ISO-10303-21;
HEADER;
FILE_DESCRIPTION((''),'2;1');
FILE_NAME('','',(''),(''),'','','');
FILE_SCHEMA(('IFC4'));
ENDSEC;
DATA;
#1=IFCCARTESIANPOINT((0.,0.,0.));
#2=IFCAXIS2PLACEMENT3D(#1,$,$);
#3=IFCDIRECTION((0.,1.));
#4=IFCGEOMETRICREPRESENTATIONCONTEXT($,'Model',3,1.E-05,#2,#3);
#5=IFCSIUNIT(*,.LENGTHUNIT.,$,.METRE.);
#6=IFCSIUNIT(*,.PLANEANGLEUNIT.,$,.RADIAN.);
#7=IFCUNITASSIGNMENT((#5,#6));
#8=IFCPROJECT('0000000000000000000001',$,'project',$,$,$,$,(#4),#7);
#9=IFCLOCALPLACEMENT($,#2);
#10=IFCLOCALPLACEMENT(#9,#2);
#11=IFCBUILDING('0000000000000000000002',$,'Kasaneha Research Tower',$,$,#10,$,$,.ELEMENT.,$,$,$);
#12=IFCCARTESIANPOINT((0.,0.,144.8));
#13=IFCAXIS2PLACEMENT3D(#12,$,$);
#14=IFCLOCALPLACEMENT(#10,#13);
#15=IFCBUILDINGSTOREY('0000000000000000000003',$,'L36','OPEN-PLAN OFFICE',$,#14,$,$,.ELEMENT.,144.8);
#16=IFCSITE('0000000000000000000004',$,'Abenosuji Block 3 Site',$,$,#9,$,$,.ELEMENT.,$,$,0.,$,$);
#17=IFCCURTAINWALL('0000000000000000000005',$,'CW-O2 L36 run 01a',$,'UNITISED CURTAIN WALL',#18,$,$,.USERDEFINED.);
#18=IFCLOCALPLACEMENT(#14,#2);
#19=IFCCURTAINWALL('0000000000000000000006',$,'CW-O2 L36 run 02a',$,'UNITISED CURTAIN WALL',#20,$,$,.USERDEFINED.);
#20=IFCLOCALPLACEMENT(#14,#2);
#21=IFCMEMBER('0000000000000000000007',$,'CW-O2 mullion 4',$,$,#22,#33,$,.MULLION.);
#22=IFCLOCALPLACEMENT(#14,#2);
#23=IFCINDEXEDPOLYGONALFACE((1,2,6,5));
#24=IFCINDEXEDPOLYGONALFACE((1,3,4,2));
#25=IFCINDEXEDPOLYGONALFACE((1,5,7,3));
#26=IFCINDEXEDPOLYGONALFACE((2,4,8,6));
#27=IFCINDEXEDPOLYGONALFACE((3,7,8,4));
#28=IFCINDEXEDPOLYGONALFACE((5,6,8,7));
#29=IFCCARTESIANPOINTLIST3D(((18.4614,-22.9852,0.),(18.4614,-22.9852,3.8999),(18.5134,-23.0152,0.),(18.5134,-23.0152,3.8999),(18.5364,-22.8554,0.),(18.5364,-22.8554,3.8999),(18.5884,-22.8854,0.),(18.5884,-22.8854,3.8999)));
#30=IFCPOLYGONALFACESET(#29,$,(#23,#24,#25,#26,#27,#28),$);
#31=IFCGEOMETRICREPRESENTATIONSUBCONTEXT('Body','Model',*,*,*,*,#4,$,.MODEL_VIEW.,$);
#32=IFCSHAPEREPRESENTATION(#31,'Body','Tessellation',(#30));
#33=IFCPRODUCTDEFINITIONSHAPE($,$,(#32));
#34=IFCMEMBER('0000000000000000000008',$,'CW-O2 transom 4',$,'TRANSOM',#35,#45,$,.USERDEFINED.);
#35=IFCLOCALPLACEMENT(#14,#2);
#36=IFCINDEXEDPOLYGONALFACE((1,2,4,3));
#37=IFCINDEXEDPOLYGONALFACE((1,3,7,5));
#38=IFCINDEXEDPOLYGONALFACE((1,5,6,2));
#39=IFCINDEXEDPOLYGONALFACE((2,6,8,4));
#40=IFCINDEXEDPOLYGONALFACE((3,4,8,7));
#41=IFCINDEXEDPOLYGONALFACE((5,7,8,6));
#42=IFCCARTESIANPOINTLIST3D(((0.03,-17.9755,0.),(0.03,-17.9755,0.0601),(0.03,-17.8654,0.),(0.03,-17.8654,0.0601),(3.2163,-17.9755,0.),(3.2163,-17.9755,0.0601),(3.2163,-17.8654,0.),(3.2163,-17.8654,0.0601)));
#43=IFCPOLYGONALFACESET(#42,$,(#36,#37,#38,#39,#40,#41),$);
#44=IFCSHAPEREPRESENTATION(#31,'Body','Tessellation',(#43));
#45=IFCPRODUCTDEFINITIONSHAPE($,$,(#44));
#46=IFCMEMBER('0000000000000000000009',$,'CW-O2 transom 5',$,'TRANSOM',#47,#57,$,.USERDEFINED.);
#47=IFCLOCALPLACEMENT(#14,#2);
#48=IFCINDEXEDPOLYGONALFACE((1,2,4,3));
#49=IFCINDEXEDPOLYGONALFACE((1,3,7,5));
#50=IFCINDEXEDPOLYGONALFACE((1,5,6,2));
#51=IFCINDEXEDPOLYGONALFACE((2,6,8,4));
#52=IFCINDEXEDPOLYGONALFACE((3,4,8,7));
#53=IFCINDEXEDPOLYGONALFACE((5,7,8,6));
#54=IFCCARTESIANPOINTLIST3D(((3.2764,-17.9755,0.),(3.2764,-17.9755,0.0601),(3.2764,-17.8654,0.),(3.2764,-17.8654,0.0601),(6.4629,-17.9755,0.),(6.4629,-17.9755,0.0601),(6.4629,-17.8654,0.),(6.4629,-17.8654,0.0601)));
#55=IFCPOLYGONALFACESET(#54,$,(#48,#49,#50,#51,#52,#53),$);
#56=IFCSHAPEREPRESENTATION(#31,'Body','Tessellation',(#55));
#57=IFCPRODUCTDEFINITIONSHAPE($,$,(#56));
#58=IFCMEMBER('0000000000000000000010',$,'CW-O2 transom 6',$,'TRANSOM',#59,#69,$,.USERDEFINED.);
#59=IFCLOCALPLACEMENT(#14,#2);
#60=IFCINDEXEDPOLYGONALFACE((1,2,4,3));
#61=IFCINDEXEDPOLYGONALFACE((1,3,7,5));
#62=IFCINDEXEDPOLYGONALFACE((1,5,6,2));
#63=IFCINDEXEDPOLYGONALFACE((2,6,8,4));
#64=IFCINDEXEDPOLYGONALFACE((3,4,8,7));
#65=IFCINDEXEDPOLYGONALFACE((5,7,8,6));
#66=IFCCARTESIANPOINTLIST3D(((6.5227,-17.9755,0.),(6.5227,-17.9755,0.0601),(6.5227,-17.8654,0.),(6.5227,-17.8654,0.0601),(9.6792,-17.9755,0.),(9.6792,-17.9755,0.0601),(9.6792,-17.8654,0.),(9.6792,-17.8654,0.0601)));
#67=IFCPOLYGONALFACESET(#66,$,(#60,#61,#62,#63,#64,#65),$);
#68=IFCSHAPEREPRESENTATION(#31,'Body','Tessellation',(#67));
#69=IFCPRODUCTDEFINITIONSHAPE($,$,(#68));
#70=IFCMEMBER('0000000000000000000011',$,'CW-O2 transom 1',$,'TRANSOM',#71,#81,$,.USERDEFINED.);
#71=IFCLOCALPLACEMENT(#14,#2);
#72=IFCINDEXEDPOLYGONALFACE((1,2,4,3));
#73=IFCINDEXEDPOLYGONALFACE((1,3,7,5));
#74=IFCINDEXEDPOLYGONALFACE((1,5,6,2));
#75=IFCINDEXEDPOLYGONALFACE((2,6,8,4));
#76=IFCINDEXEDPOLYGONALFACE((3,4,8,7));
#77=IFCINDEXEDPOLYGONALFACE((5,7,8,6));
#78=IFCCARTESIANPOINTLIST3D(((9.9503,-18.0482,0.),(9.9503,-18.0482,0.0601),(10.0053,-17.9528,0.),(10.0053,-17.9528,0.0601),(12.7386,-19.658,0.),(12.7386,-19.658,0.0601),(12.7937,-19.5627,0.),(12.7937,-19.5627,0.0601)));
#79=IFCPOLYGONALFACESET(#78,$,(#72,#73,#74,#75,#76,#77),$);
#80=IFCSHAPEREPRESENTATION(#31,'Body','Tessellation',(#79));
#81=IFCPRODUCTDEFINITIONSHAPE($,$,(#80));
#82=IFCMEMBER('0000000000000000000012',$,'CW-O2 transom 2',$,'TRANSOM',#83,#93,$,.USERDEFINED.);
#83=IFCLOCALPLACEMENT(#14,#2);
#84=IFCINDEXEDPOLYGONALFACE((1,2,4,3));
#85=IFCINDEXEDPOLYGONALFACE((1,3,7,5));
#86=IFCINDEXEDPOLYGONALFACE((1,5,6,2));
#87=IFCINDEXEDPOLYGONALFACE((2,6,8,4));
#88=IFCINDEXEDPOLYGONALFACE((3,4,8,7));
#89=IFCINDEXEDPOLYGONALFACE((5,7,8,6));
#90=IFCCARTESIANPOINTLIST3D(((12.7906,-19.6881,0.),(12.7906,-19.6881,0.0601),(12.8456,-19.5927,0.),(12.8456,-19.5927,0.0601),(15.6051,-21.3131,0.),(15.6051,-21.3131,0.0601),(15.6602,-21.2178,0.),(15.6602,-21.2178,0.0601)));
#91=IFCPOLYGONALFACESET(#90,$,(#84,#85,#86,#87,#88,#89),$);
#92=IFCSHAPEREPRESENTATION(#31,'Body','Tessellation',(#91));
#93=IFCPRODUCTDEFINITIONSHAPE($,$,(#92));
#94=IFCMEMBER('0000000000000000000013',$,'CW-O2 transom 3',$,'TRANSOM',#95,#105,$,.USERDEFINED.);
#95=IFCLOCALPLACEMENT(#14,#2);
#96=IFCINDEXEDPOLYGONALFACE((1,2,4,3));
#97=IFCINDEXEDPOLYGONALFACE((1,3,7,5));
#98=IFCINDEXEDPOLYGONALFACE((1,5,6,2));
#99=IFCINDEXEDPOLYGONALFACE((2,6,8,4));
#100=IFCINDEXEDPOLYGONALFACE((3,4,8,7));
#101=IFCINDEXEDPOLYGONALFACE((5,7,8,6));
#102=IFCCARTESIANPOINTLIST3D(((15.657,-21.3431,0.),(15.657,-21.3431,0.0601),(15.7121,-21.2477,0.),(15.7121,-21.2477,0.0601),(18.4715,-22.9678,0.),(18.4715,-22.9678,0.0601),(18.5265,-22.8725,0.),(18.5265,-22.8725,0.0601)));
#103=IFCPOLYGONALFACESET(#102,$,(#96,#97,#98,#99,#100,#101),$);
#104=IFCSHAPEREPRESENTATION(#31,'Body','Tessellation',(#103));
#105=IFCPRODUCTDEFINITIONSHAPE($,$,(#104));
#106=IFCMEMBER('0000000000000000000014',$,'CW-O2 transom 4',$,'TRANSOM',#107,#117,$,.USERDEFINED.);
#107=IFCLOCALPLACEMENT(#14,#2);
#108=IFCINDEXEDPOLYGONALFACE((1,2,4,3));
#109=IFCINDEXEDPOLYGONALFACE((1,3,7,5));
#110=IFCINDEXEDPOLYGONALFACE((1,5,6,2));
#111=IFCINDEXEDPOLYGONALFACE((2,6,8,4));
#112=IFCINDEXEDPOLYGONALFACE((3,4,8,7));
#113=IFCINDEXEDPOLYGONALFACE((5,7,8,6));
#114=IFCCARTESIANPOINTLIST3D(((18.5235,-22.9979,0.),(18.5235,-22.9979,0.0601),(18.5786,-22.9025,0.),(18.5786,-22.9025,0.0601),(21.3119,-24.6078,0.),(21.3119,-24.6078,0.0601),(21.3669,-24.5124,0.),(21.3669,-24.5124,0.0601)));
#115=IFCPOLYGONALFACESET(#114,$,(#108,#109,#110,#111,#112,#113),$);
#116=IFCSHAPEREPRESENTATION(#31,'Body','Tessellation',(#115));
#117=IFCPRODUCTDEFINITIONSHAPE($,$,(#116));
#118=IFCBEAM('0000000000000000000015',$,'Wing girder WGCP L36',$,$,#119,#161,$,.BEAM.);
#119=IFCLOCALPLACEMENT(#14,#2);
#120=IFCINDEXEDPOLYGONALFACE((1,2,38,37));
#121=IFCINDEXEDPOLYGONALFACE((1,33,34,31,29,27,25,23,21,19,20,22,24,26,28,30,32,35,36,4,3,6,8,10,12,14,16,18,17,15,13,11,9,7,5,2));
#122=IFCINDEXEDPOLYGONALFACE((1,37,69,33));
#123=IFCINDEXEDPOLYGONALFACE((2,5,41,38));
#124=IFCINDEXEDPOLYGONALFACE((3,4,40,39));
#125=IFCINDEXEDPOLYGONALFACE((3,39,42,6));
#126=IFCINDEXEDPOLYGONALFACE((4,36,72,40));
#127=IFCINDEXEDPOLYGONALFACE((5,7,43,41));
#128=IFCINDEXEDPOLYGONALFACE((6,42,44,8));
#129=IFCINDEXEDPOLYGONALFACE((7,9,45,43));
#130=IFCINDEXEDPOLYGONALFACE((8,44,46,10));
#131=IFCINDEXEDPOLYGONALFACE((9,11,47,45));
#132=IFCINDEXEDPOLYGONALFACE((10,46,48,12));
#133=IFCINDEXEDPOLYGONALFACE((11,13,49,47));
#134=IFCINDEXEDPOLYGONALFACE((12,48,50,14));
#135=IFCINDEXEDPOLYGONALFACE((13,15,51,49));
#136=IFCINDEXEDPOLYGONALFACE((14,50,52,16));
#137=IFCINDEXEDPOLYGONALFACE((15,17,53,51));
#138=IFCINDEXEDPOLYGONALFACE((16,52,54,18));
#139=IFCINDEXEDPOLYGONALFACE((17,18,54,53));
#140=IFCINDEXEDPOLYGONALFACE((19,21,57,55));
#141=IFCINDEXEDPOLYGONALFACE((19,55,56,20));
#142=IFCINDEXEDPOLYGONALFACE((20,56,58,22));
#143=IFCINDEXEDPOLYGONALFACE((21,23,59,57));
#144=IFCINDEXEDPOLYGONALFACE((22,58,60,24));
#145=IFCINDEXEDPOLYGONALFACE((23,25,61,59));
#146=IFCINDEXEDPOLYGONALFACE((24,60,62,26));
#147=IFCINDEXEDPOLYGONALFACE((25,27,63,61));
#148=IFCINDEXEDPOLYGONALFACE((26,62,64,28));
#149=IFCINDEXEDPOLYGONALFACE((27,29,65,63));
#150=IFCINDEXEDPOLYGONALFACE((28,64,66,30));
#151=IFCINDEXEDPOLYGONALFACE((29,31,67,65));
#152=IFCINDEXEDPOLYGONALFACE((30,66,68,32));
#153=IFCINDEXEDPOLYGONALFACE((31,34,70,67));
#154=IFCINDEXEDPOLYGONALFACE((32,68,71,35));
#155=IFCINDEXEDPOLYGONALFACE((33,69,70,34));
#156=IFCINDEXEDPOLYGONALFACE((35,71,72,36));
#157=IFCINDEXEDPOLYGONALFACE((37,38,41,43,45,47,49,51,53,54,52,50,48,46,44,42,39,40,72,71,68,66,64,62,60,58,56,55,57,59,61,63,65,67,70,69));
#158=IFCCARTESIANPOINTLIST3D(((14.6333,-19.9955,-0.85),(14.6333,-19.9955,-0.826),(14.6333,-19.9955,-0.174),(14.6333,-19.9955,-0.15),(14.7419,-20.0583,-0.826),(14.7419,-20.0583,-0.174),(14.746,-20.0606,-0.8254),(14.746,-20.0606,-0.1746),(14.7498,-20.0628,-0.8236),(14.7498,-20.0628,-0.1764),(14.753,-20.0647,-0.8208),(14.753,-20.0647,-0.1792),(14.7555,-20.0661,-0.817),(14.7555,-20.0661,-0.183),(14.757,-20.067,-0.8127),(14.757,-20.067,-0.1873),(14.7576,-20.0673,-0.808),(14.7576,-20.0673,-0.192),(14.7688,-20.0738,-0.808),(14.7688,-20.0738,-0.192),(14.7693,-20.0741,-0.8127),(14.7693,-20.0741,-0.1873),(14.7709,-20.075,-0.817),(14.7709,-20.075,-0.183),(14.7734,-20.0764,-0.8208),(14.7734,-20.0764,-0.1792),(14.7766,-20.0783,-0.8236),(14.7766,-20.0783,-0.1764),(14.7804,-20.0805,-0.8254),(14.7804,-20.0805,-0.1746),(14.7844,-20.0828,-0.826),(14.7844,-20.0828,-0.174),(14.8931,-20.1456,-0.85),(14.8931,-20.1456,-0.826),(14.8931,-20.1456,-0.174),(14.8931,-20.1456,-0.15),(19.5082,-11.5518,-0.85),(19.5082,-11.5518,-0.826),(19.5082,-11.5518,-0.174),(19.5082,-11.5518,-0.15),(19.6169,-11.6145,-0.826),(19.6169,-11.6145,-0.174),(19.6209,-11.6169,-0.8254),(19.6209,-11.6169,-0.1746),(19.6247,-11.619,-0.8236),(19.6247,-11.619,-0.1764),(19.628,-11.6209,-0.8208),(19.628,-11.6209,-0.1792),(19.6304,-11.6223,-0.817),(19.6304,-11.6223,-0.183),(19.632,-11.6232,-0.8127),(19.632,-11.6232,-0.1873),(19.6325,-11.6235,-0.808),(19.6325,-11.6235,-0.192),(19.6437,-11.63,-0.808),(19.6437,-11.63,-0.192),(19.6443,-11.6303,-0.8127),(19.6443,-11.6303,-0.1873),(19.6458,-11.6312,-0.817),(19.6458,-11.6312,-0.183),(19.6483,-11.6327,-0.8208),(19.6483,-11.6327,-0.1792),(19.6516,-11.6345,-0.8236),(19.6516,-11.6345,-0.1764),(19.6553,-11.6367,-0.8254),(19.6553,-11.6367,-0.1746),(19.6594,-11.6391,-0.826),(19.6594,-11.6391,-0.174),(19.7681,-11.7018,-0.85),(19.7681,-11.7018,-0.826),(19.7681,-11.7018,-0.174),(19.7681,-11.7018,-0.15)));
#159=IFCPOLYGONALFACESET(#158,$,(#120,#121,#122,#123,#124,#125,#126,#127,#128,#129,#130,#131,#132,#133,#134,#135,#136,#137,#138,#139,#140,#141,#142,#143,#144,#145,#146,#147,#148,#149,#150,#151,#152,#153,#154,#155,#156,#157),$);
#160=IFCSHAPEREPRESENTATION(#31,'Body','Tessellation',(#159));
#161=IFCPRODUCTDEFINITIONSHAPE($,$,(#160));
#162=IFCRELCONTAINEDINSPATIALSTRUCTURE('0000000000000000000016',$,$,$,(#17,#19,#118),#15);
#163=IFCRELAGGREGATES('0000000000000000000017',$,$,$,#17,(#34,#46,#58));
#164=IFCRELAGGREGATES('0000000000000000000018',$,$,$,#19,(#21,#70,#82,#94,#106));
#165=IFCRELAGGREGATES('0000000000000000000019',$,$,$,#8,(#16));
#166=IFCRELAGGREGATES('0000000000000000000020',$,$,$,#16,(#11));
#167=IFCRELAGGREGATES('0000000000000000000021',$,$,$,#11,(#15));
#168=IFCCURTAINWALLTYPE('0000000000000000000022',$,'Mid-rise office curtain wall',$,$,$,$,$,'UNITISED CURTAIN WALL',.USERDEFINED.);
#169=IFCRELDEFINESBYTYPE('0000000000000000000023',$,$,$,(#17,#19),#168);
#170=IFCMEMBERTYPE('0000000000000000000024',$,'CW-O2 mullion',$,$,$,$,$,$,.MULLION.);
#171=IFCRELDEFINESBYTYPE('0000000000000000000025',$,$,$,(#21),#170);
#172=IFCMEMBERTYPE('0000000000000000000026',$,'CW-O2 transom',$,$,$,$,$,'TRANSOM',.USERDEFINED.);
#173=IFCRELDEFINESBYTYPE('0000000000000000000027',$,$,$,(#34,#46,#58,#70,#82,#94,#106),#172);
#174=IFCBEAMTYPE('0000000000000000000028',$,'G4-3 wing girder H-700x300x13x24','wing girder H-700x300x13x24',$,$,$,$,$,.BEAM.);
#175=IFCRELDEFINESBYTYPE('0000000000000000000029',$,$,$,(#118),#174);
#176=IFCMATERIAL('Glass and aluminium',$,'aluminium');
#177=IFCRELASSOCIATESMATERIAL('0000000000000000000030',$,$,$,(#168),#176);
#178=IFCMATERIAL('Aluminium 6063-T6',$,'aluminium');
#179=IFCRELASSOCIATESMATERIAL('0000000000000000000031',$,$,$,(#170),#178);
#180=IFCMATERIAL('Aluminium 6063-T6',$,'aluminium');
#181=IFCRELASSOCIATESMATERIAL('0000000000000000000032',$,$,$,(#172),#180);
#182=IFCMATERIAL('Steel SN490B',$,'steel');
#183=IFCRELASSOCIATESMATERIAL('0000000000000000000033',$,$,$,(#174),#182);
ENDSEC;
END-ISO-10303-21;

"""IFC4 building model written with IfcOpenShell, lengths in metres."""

from ifc_helpers import new_model, si_unit, direction, frame, origin, origin_2d, place, context, subcontext, project, spatial, rectangle, i_section, extrude, material, material_profile, profile_set, type_object, element, aggregate, save


model = new_model("IFC4")

# Units and contexts
model_context = context("Model", 3, precision=1e-05, world=origin(), true_north=direction((0.0, 1.0)))
body_context = subcontext(model_context, "Body", "Model", "MODEL_VIEW")
ifc_project = project(units=[si_unit("LENGTHUNIT", "METRE"), si_unit("PLANEANGLEUNIT", "RADIAN")], contexts=[model_context])

# Site, building, storey
site_placement = place(None, origin())
site = spatial("IfcSite", under=ifc_project, at=site_placement, Name="Abenosuji Block 3 Site", CompositionType="ELEMENT", RefElevation=0.0)
building_placement = place(site_placement, origin())
building = spatial("IfcBuilding", under=site, at=building_placement, Name="Kasaneha Research Tower", CompositionType="ELEMENT")
storey_placement = place(building_placement, frame((0.0, 0.0, 144.8)))
storey = spatial("IfcBuildingStorey", under=building, at=storey_placement, Name="L36", Description="OPEN-PLAN OFFICE", CompositionType="ELEMENT", Elevation=144.8)

# Curtain walls, member
ifc_material_1 = material(Name="Glass and aluminium", Category="aluminium")
curtain_wall_type = type_object("IfcCurtainWallType", Name="Mid-rise office curtain wall", ElementType="UNITISED CURTAIN WALL", PredefinedType="USERDEFINED", material=ifc_material_1)
curtain_wall_1_placement = place(storey_placement, origin())
curtain_wall_1 = element("IfcCurtainWall", 1, at=curtain_wall_1_placement, inside=storey, type_object=curtain_wall_type, Name="CW-O2 L36 run 01a", ObjectType="UNITISED CURTAIN WALL", PredefinedType="USERDEFINED")
ifc_material_2 = material(Name="Aluminium 6063-T6", Category="aluminium")
ifc_material_profile_1 = material_profile(ifc_material_2, rectangle(XDim=0.0601, YDim=0.1499, at=origin_2d()), Name="CW-O2 mullion 60x150")
ifc_profile_set_1 = profile_set([ifc_material_profile_1], Name="Aluminium 6063-T6")
member_type_1 = type_object("IfcMemberType", Name="CW-O2 mullion", PredefinedType="MULLION", material=ifc_profile_set_1)
curtain_wall_2_placement = place(storey_placement, origin())
curtain_wall_2 = element("IfcCurtainWall", 2, at=curtain_wall_2_placement, inside=storey, type_object=curtain_wall_type, Name="CW-O2 L36 run 02a", ObjectType="UNITISED CURTAIN WALL", PredefinedType="USERDEFINED")
member_1_placement = place(storey_placement, frame((18.5249, -22.9353, 0.0), z_axis=(0.0, 0.0, 1.0), x_axis=(0.866025, -0.5, 0.0)))
member_1 = element("IfcMember", 3, at=member_1_placement, type_object=member_type_1, Name="CW-O2 mullion 4", PredefinedType="MULLION", context=body_context, shape_type="SweptSolid", body=[
    extrude(rectangle(XDim=0.0601, YDim=0.1499, at=origin_2d()), origin(), (0.0, 0.0, 1.0), 3.8999),
])

# Members
ifc_material_3 = material(Name="Aluminium 6063-T6", Category="aluminium")
ifc_material_profile_2 = material_profile(ifc_material_3, rectangle(XDim=0.1101, YDim=0.0601, at=origin_2d()), Name="CW-O2 transom 110x60")
ifc_profile_set_2 = profile_set([ifc_material_profile_2], Name="Aluminium 6063-T6")
member_type_2 = type_object("IfcMemberType", Name="CW-O2 transom", ElementType="TRANSOM", PredefinedType="USERDEFINED", material=ifc_profile_set_2)
member_2_placement = place(storey_placement, frame((0.03, -17.9204, 0.03), z_axis=(1.0, 0.0, 0.0), x_axis=(0.0, 1.0, 0.0)))
member_2 = element("IfcMember", 4, at=member_2_placement, type_object=member_type_2, Name="CW-O2 transom 4", ObjectType="TRANSOM", PredefinedType="USERDEFINED", context=body_context, shape_type="SweptSolid", body=[
    extrude(rectangle(XDim=0.1101, YDim=0.0601, at=origin_2d()), origin(), (0.0, 0.0, 1.0), 3.1863),
])
member_3_placement = place(storey_placement, frame((3.2764, -17.9204, 0.03), z_axis=(1.0, 0.0, 0.0), x_axis=(0.0, 1.0, 0.0)))
member_3 = element("IfcMember", 5, at=member_3_placement, type_object=member_type_2, Name="CW-O2 transom 5", ObjectType="TRANSOM", PredefinedType="USERDEFINED", context=body_context, shape_type="SweptSolid", body=[
    extrude(rectangle(XDim=0.1101, YDim=0.0601, at=origin_2d()), origin(), (0.0, 0.0, 1.0), 3.1865),
])
member_4_placement = place(storey_placement, frame((6.5227, -17.9204, 0.03), z_axis=(1.0, 0.0, 0.0), x_axis=(0.0, 1.0, 0.0)))
member_4 = element("IfcMember", 6, at=member_4_placement, type_object=member_type_2, Name="CW-O2 transom 6", ObjectType="TRANSOM", PredefinedType="USERDEFINED", context=body_context, shape_type="SweptSolid", body=[
    extrude(rectangle(XDim=0.1101, YDim=0.0601, at=origin_2d()), origin(), (0.0, 0.0, 1.0), 3.1565),
])
member_5_placement = place(storey_placement, frame((9.9778, -18.0005, 0.03), z_axis=(0.866023, -0.500005, 0.0), x_axis=(0.500005, 0.866023, 0.0)))
member_5 = element("IfcMember", 7, at=member_5_placement, type_object=member_type_2, Name="CW-O2 transom 1", ObjectType="TRANSOM", PredefinedType="USERDEFINED", context=body_context, shape_type="SweptSolid", body=[
    extrude(rectangle(XDim=0.1101, YDim=0.0601, at=origin_2d()), origin(), (0.0, 0.0, 1.0), 3.2197),
])
member_6_placement = place(storey_placement, frame((12.8181, -19.6404, 0.03), z_axis=(0.866015, -0.500017, 0.0), x_axis=(0.500017, 0.866015, 0.0)))
member_6 = element("IfcMember", 8, at=member_6_placement, type_object=member_type_2, Name="CW-O2 transom 2", ObjectType="TRANSOM", PredefinedType="USERDEFINED", context=body_context, shape_type="SweptSolid", body=[
    extrude(rectangle(XDim=0.1101, YDim=0.0601, at=origin_2d()), origin(), (0.0, 0.0, 1.0), 3.25),
])
member_7_placement = place(storey_placement, frame((15.6846, -21.2954, 0.03), z_axis=(0.866048, -0.499961, 0.0), x_axis=(0.499961, 0.866048, 0.0)))
member_7 = element("IfcMember", 9, at=member_7_placement, type_object=member_type_2, Name="CW-O2 transom 3", ObjectType="TRANSOM", PredefinedType="USERDEFINED", context=body_context, shape_type="SweptSolid", body=[
    extrude(rectangle(XDim=0.1101, YDim=0.0601, at=origin_2d()), origin(), (0.0, 0.0, 1.0), 3.2498),
])
member_8_placement = place(storey_placement, frame((18.551, -22.9502, 0.03), z_axis=(0.866023, -0.500005, 0.0), x_axis=(0.500005, 0.866023, 0.0)))
member_8 = element("IfcMember", 10, at=member_8_placement, type_object=member_type_2, Name="CW-O2 transom 4", ObjectType="TRANSOM", PredefinedType="USERDEFINED", context=body_context, shape_type="SweptSolid", body=[
    extrude(rectangle(XDim=0.1101, YDim=0.0601, at=origin_2d()), origin(), (0.0, 0.0, 1.0), 3.2197),
])

# Beam
ifc_material_4 = material(Name="Steel SN490B", Category="steel")
ifc_material_profile_3 = material_profile(ifc_material_4, i_section(OverallWidth=0.3, OverallDepth=0.7, WebThickness=0.0129, FlangeThickness=0.0239, FilletRadius=0.0181, at=origin_2d()), Name="H-700x300x13x24")
ifc_profile_set_3 = profile_set([ifc_material_profile_3], Name="Steel SN490B")
beam_type_1 = type_object("IfcBeamType", Name="G4-3 wing girder H-700x300x13x24", Description="wing girder H-700x300x13x24", PredefinedType="BEAM", material=ifc_profile_set_3)
beam_1_placement = place(storey_placement, frame((14.7632, -20.0706, -0.5), z_axis=(0.499996, 0.866028, 0.0), x_axis=(-0.866028, 0.499996, 0.0)))
element("IfcBeam", 11, at=beam_1_placement, inside=storey, type_object=beam_type_1, Name="Wing girder WGCP L36", PredefinedType="BEAM", context=body_context, shape_type="SweptSolid", body=[
    extrude(i_section(OverallWidth=0.3, OverallDepth=0.7, WebThickness=0.0129, FlangeThickness=0.0239, FilletRadius=0.0181, at=origin_2d()), origin(), (0.0, 0.0, 1.0), 9.75),
])

aggregate(curtain_wall_1, [member_2, member_3, member_4])
aggregate(curtain_wall_2, [member_1, member_5, member_6, member_7, member_8])

save(model, "model.ifc")
